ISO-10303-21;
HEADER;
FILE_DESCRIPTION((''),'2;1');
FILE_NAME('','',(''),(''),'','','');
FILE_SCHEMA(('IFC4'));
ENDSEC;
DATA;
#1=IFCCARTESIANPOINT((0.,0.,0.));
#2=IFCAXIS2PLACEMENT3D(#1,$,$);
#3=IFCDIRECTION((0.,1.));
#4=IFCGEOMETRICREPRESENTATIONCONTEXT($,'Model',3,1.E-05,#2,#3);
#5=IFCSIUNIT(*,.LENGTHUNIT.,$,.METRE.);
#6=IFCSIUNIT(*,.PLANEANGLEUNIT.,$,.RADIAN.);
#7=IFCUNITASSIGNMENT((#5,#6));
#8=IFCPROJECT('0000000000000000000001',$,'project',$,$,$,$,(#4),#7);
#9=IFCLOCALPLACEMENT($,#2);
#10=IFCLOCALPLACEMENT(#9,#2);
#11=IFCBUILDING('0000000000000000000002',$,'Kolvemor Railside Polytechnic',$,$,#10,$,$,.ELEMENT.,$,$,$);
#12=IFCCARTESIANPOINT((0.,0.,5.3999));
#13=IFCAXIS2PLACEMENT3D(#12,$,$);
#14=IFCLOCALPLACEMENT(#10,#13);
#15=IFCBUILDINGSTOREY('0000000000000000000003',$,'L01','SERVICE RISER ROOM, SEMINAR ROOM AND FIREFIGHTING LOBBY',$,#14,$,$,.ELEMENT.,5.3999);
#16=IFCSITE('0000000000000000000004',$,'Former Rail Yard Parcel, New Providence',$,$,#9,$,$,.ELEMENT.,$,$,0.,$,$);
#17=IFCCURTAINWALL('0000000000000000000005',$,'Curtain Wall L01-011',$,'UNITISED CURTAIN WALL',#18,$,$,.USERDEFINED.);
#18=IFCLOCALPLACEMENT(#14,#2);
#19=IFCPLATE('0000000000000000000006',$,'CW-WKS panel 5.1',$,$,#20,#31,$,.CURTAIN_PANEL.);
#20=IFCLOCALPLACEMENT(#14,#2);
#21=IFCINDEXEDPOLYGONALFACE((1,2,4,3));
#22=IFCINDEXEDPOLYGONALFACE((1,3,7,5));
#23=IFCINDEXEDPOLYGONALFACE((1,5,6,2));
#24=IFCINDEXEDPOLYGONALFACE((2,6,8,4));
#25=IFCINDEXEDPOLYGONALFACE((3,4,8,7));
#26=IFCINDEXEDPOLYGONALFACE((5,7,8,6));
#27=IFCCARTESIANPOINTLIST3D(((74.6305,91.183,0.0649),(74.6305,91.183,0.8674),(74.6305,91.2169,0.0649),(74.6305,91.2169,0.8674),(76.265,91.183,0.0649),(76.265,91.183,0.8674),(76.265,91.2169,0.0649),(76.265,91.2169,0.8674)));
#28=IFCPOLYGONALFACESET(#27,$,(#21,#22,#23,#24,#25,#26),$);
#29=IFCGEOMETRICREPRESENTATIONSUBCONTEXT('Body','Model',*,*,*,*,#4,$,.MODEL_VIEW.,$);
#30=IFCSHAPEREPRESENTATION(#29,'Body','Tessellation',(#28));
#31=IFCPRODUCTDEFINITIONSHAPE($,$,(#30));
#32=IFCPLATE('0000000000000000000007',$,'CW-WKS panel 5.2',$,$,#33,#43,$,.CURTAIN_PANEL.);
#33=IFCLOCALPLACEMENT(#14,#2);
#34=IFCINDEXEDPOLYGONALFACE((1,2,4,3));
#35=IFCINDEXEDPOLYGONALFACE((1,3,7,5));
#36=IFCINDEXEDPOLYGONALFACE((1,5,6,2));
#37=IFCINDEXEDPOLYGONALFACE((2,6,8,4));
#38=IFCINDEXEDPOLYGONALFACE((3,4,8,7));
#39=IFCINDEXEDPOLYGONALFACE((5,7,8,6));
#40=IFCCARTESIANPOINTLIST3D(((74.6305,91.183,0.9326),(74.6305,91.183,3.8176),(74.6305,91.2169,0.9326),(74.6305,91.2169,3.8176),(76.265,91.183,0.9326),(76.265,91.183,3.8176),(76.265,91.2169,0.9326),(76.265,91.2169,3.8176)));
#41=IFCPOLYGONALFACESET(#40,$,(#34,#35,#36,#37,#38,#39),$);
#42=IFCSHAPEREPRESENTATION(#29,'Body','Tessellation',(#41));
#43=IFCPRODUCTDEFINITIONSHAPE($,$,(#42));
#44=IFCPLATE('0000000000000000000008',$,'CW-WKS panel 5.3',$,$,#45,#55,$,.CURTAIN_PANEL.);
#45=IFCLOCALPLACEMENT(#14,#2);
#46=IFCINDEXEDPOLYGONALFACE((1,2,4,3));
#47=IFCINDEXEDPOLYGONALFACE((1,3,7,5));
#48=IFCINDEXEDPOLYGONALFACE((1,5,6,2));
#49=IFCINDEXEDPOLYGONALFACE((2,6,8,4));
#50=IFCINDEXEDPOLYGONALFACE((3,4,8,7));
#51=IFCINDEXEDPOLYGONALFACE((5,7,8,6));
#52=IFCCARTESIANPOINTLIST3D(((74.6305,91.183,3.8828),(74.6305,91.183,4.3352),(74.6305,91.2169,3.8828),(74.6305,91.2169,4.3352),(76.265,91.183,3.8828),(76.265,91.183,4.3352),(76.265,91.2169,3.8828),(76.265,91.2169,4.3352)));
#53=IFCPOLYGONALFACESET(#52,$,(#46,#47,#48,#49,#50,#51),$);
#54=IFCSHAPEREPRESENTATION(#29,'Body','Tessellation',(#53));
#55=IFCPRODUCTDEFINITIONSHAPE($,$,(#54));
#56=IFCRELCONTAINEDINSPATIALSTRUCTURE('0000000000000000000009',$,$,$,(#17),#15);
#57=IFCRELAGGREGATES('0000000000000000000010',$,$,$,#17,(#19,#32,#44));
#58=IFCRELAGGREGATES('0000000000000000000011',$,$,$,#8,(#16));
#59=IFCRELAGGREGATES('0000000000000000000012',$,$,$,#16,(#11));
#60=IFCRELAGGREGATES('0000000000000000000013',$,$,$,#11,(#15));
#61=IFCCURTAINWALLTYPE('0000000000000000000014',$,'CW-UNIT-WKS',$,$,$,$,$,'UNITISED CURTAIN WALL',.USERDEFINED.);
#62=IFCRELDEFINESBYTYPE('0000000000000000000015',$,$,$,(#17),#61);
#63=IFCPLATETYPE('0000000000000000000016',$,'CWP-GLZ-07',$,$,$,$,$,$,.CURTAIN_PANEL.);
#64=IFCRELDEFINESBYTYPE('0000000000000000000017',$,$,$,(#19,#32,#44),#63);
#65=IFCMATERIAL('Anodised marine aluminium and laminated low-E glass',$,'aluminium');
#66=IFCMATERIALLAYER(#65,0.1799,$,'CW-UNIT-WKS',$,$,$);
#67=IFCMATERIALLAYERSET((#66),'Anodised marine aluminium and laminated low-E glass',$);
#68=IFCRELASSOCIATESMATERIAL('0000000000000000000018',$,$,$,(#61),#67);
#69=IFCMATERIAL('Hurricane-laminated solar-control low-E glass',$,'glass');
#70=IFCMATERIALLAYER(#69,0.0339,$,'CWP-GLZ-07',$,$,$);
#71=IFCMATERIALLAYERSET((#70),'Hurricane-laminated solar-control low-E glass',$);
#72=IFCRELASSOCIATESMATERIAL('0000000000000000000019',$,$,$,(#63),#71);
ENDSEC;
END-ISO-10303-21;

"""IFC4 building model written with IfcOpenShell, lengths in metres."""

from ifc_helpers import new_model, si_unit, direction, frame, origin, origin_2d, place, context, subcontext, project, spatial, rectangle, extrude, material, layer, layer_set, type_object, element, aggregate, save


model = new_model("IFC4")

# Units and contexts
model_context = context("Model", 3, precision=1e-05, world=origin(), true_north=direction((0.0, 1.0)))
body_context = subcontext(model_context, "Body", "Model", "MODEL_VIEW")
ifc_project = project(units=[si_unit("LENGTHUNIT", "METRE"), si_unit("PLANEANGLEUNIT", "RADIAN")], contexts=[model_context])

# Site, building, storey
site_placement = place(None, origin())
site = spatial("IfcSite", under=ifc_project, at=site_placement, Name="Former Rail Yard Parcel, New Providence", CompositionType="ELEMENT", RefElevation=0.0)
building_placement = place(site_placement, origin())
building = spatial("IfcBuilding", under=site, at=building_placement, Name="Kolvemor Railside Polytechnic", CompositionType="ELEMENT")
storey_placement = place(building_placement, frame((0.0, 0.0, 5.3999)))
storey = spatial("IfcBuildingStorey", under=building, at=storey_placement, Name="L01", Description="SERVICE RISER ROOM, SEMINAR ROOM AND FIREFIGHTING LOBBY", CompositionType="ELEMENT", Elevation=5.3999)

# Curtain wall, plates
ifc_material_1 = material(Name="Anodised marine aluminium and laminated low-E glass", Category="aluminium")
ifc_layer_1 = layer(ifc_material_1, 0.1799, Name="CW-UNIT-WKS")
ifc_layer_set_1 = layer_set([ifc_layer_1], Name="Anodised marine aluminium and laminated low-E glass")
curtain_wall_type = type_object("IfcCurtainWallType", Name="CW-UNIT-WKS", ElementType="UNITISED CURTAIN WALL", PredefinedType="USERDEFINED", material=ifc_layer_set_1)
curtain_wall_placement = place(storey_placement, origin())
curtain_wall = element("IfcCurtainWall", 1, at=curtain_wall_placement, inside=storey, type_object=curtain_wall_type, Name="Curtain Wall L01-011", ObjectType="UNITISED CURTAIN WALL", PredefinedType="USERDEFINED")
ifc_material_2 = material(Name="Hurricane-laminated solar-control low-E glass", Category="glass")
ifc_layer_2 = layer(ifc_material_2, 0.0339, Name="CWP-GLZ-07")
ifc_layer_set_2 = layer_set([ifc_layer_2], Name="Hurricane-laminated solar-control low-E glass")
plate_type = type_object("IfcPlateType", Name="CWP-GLZ-07", PredefinedType="CURTAIN_PANEL", material=ifc_layer_set_2)
plate_1_placement = place(storey_placement, frame((75.4478, 91.2, 0.0649), z_axis=(0.0, 0.0, 1.0), x_axis=(1.0, 0.0, 0.0)))
plate_1 = element("IfcPlate", 2, at=plate_1_placement, type_object=plate_type, Name="CW-WKS panel 5.1", PredefinedType="CURTAIN_PANEL", context=body_context, shape_type="SweptSolid", body=[
    extrude(rectangle(XDim=1.6345, YDim=0.0339, at=origin_2d()), origin(), (0.0, 0.0, 1.0), 0.8025),
])
plate_2_placement = place(storey_placement, frame((75.4478, 91.2, 0.9326), z_axis=(0.0, 0.0, 1.0), x_axis=(1.0, 0.0, 0.0)))
plate_2 = element("IfcPlate", 3, at=plate_2_placement, type_object=plate_type, Name="CW-WKS panel 5.2", PredefinedType="CURTAIN_PANEL", context=body_context, shape_type="SweptSolid", body=[
    extrude(rectangle(XDim=1.6345, YDim=0.0339, at=origin_2d()), origin(), (0.0, 0.0, 1.0), 2.885),
])
plate_3_placement = place(storey_placement, frame((75.4478, 91.2, 3.8828), z_axis=(0.0, 0.0, 1.0), x_axis=(1.0, 0.0, 0.0)))
plate_3 = element("IfcPlate", 4, at=plate_3_placement, type_object=plate_type, Name="CW-WKS panel 5.3", PredefinedType="CURTAIN_PANEL", context=body_context, shape_type="SweptSolid", body=[
    extrude(rectangle(XDim=1.6345, YDim=0.0339, at=origin_2d()), origin(), (0.0, 0.0, 1.0), 0.4524),
])
aggregate(curtain_wall, [plate_1, plate_2, plate_3])

save(model, "model.ifc")
